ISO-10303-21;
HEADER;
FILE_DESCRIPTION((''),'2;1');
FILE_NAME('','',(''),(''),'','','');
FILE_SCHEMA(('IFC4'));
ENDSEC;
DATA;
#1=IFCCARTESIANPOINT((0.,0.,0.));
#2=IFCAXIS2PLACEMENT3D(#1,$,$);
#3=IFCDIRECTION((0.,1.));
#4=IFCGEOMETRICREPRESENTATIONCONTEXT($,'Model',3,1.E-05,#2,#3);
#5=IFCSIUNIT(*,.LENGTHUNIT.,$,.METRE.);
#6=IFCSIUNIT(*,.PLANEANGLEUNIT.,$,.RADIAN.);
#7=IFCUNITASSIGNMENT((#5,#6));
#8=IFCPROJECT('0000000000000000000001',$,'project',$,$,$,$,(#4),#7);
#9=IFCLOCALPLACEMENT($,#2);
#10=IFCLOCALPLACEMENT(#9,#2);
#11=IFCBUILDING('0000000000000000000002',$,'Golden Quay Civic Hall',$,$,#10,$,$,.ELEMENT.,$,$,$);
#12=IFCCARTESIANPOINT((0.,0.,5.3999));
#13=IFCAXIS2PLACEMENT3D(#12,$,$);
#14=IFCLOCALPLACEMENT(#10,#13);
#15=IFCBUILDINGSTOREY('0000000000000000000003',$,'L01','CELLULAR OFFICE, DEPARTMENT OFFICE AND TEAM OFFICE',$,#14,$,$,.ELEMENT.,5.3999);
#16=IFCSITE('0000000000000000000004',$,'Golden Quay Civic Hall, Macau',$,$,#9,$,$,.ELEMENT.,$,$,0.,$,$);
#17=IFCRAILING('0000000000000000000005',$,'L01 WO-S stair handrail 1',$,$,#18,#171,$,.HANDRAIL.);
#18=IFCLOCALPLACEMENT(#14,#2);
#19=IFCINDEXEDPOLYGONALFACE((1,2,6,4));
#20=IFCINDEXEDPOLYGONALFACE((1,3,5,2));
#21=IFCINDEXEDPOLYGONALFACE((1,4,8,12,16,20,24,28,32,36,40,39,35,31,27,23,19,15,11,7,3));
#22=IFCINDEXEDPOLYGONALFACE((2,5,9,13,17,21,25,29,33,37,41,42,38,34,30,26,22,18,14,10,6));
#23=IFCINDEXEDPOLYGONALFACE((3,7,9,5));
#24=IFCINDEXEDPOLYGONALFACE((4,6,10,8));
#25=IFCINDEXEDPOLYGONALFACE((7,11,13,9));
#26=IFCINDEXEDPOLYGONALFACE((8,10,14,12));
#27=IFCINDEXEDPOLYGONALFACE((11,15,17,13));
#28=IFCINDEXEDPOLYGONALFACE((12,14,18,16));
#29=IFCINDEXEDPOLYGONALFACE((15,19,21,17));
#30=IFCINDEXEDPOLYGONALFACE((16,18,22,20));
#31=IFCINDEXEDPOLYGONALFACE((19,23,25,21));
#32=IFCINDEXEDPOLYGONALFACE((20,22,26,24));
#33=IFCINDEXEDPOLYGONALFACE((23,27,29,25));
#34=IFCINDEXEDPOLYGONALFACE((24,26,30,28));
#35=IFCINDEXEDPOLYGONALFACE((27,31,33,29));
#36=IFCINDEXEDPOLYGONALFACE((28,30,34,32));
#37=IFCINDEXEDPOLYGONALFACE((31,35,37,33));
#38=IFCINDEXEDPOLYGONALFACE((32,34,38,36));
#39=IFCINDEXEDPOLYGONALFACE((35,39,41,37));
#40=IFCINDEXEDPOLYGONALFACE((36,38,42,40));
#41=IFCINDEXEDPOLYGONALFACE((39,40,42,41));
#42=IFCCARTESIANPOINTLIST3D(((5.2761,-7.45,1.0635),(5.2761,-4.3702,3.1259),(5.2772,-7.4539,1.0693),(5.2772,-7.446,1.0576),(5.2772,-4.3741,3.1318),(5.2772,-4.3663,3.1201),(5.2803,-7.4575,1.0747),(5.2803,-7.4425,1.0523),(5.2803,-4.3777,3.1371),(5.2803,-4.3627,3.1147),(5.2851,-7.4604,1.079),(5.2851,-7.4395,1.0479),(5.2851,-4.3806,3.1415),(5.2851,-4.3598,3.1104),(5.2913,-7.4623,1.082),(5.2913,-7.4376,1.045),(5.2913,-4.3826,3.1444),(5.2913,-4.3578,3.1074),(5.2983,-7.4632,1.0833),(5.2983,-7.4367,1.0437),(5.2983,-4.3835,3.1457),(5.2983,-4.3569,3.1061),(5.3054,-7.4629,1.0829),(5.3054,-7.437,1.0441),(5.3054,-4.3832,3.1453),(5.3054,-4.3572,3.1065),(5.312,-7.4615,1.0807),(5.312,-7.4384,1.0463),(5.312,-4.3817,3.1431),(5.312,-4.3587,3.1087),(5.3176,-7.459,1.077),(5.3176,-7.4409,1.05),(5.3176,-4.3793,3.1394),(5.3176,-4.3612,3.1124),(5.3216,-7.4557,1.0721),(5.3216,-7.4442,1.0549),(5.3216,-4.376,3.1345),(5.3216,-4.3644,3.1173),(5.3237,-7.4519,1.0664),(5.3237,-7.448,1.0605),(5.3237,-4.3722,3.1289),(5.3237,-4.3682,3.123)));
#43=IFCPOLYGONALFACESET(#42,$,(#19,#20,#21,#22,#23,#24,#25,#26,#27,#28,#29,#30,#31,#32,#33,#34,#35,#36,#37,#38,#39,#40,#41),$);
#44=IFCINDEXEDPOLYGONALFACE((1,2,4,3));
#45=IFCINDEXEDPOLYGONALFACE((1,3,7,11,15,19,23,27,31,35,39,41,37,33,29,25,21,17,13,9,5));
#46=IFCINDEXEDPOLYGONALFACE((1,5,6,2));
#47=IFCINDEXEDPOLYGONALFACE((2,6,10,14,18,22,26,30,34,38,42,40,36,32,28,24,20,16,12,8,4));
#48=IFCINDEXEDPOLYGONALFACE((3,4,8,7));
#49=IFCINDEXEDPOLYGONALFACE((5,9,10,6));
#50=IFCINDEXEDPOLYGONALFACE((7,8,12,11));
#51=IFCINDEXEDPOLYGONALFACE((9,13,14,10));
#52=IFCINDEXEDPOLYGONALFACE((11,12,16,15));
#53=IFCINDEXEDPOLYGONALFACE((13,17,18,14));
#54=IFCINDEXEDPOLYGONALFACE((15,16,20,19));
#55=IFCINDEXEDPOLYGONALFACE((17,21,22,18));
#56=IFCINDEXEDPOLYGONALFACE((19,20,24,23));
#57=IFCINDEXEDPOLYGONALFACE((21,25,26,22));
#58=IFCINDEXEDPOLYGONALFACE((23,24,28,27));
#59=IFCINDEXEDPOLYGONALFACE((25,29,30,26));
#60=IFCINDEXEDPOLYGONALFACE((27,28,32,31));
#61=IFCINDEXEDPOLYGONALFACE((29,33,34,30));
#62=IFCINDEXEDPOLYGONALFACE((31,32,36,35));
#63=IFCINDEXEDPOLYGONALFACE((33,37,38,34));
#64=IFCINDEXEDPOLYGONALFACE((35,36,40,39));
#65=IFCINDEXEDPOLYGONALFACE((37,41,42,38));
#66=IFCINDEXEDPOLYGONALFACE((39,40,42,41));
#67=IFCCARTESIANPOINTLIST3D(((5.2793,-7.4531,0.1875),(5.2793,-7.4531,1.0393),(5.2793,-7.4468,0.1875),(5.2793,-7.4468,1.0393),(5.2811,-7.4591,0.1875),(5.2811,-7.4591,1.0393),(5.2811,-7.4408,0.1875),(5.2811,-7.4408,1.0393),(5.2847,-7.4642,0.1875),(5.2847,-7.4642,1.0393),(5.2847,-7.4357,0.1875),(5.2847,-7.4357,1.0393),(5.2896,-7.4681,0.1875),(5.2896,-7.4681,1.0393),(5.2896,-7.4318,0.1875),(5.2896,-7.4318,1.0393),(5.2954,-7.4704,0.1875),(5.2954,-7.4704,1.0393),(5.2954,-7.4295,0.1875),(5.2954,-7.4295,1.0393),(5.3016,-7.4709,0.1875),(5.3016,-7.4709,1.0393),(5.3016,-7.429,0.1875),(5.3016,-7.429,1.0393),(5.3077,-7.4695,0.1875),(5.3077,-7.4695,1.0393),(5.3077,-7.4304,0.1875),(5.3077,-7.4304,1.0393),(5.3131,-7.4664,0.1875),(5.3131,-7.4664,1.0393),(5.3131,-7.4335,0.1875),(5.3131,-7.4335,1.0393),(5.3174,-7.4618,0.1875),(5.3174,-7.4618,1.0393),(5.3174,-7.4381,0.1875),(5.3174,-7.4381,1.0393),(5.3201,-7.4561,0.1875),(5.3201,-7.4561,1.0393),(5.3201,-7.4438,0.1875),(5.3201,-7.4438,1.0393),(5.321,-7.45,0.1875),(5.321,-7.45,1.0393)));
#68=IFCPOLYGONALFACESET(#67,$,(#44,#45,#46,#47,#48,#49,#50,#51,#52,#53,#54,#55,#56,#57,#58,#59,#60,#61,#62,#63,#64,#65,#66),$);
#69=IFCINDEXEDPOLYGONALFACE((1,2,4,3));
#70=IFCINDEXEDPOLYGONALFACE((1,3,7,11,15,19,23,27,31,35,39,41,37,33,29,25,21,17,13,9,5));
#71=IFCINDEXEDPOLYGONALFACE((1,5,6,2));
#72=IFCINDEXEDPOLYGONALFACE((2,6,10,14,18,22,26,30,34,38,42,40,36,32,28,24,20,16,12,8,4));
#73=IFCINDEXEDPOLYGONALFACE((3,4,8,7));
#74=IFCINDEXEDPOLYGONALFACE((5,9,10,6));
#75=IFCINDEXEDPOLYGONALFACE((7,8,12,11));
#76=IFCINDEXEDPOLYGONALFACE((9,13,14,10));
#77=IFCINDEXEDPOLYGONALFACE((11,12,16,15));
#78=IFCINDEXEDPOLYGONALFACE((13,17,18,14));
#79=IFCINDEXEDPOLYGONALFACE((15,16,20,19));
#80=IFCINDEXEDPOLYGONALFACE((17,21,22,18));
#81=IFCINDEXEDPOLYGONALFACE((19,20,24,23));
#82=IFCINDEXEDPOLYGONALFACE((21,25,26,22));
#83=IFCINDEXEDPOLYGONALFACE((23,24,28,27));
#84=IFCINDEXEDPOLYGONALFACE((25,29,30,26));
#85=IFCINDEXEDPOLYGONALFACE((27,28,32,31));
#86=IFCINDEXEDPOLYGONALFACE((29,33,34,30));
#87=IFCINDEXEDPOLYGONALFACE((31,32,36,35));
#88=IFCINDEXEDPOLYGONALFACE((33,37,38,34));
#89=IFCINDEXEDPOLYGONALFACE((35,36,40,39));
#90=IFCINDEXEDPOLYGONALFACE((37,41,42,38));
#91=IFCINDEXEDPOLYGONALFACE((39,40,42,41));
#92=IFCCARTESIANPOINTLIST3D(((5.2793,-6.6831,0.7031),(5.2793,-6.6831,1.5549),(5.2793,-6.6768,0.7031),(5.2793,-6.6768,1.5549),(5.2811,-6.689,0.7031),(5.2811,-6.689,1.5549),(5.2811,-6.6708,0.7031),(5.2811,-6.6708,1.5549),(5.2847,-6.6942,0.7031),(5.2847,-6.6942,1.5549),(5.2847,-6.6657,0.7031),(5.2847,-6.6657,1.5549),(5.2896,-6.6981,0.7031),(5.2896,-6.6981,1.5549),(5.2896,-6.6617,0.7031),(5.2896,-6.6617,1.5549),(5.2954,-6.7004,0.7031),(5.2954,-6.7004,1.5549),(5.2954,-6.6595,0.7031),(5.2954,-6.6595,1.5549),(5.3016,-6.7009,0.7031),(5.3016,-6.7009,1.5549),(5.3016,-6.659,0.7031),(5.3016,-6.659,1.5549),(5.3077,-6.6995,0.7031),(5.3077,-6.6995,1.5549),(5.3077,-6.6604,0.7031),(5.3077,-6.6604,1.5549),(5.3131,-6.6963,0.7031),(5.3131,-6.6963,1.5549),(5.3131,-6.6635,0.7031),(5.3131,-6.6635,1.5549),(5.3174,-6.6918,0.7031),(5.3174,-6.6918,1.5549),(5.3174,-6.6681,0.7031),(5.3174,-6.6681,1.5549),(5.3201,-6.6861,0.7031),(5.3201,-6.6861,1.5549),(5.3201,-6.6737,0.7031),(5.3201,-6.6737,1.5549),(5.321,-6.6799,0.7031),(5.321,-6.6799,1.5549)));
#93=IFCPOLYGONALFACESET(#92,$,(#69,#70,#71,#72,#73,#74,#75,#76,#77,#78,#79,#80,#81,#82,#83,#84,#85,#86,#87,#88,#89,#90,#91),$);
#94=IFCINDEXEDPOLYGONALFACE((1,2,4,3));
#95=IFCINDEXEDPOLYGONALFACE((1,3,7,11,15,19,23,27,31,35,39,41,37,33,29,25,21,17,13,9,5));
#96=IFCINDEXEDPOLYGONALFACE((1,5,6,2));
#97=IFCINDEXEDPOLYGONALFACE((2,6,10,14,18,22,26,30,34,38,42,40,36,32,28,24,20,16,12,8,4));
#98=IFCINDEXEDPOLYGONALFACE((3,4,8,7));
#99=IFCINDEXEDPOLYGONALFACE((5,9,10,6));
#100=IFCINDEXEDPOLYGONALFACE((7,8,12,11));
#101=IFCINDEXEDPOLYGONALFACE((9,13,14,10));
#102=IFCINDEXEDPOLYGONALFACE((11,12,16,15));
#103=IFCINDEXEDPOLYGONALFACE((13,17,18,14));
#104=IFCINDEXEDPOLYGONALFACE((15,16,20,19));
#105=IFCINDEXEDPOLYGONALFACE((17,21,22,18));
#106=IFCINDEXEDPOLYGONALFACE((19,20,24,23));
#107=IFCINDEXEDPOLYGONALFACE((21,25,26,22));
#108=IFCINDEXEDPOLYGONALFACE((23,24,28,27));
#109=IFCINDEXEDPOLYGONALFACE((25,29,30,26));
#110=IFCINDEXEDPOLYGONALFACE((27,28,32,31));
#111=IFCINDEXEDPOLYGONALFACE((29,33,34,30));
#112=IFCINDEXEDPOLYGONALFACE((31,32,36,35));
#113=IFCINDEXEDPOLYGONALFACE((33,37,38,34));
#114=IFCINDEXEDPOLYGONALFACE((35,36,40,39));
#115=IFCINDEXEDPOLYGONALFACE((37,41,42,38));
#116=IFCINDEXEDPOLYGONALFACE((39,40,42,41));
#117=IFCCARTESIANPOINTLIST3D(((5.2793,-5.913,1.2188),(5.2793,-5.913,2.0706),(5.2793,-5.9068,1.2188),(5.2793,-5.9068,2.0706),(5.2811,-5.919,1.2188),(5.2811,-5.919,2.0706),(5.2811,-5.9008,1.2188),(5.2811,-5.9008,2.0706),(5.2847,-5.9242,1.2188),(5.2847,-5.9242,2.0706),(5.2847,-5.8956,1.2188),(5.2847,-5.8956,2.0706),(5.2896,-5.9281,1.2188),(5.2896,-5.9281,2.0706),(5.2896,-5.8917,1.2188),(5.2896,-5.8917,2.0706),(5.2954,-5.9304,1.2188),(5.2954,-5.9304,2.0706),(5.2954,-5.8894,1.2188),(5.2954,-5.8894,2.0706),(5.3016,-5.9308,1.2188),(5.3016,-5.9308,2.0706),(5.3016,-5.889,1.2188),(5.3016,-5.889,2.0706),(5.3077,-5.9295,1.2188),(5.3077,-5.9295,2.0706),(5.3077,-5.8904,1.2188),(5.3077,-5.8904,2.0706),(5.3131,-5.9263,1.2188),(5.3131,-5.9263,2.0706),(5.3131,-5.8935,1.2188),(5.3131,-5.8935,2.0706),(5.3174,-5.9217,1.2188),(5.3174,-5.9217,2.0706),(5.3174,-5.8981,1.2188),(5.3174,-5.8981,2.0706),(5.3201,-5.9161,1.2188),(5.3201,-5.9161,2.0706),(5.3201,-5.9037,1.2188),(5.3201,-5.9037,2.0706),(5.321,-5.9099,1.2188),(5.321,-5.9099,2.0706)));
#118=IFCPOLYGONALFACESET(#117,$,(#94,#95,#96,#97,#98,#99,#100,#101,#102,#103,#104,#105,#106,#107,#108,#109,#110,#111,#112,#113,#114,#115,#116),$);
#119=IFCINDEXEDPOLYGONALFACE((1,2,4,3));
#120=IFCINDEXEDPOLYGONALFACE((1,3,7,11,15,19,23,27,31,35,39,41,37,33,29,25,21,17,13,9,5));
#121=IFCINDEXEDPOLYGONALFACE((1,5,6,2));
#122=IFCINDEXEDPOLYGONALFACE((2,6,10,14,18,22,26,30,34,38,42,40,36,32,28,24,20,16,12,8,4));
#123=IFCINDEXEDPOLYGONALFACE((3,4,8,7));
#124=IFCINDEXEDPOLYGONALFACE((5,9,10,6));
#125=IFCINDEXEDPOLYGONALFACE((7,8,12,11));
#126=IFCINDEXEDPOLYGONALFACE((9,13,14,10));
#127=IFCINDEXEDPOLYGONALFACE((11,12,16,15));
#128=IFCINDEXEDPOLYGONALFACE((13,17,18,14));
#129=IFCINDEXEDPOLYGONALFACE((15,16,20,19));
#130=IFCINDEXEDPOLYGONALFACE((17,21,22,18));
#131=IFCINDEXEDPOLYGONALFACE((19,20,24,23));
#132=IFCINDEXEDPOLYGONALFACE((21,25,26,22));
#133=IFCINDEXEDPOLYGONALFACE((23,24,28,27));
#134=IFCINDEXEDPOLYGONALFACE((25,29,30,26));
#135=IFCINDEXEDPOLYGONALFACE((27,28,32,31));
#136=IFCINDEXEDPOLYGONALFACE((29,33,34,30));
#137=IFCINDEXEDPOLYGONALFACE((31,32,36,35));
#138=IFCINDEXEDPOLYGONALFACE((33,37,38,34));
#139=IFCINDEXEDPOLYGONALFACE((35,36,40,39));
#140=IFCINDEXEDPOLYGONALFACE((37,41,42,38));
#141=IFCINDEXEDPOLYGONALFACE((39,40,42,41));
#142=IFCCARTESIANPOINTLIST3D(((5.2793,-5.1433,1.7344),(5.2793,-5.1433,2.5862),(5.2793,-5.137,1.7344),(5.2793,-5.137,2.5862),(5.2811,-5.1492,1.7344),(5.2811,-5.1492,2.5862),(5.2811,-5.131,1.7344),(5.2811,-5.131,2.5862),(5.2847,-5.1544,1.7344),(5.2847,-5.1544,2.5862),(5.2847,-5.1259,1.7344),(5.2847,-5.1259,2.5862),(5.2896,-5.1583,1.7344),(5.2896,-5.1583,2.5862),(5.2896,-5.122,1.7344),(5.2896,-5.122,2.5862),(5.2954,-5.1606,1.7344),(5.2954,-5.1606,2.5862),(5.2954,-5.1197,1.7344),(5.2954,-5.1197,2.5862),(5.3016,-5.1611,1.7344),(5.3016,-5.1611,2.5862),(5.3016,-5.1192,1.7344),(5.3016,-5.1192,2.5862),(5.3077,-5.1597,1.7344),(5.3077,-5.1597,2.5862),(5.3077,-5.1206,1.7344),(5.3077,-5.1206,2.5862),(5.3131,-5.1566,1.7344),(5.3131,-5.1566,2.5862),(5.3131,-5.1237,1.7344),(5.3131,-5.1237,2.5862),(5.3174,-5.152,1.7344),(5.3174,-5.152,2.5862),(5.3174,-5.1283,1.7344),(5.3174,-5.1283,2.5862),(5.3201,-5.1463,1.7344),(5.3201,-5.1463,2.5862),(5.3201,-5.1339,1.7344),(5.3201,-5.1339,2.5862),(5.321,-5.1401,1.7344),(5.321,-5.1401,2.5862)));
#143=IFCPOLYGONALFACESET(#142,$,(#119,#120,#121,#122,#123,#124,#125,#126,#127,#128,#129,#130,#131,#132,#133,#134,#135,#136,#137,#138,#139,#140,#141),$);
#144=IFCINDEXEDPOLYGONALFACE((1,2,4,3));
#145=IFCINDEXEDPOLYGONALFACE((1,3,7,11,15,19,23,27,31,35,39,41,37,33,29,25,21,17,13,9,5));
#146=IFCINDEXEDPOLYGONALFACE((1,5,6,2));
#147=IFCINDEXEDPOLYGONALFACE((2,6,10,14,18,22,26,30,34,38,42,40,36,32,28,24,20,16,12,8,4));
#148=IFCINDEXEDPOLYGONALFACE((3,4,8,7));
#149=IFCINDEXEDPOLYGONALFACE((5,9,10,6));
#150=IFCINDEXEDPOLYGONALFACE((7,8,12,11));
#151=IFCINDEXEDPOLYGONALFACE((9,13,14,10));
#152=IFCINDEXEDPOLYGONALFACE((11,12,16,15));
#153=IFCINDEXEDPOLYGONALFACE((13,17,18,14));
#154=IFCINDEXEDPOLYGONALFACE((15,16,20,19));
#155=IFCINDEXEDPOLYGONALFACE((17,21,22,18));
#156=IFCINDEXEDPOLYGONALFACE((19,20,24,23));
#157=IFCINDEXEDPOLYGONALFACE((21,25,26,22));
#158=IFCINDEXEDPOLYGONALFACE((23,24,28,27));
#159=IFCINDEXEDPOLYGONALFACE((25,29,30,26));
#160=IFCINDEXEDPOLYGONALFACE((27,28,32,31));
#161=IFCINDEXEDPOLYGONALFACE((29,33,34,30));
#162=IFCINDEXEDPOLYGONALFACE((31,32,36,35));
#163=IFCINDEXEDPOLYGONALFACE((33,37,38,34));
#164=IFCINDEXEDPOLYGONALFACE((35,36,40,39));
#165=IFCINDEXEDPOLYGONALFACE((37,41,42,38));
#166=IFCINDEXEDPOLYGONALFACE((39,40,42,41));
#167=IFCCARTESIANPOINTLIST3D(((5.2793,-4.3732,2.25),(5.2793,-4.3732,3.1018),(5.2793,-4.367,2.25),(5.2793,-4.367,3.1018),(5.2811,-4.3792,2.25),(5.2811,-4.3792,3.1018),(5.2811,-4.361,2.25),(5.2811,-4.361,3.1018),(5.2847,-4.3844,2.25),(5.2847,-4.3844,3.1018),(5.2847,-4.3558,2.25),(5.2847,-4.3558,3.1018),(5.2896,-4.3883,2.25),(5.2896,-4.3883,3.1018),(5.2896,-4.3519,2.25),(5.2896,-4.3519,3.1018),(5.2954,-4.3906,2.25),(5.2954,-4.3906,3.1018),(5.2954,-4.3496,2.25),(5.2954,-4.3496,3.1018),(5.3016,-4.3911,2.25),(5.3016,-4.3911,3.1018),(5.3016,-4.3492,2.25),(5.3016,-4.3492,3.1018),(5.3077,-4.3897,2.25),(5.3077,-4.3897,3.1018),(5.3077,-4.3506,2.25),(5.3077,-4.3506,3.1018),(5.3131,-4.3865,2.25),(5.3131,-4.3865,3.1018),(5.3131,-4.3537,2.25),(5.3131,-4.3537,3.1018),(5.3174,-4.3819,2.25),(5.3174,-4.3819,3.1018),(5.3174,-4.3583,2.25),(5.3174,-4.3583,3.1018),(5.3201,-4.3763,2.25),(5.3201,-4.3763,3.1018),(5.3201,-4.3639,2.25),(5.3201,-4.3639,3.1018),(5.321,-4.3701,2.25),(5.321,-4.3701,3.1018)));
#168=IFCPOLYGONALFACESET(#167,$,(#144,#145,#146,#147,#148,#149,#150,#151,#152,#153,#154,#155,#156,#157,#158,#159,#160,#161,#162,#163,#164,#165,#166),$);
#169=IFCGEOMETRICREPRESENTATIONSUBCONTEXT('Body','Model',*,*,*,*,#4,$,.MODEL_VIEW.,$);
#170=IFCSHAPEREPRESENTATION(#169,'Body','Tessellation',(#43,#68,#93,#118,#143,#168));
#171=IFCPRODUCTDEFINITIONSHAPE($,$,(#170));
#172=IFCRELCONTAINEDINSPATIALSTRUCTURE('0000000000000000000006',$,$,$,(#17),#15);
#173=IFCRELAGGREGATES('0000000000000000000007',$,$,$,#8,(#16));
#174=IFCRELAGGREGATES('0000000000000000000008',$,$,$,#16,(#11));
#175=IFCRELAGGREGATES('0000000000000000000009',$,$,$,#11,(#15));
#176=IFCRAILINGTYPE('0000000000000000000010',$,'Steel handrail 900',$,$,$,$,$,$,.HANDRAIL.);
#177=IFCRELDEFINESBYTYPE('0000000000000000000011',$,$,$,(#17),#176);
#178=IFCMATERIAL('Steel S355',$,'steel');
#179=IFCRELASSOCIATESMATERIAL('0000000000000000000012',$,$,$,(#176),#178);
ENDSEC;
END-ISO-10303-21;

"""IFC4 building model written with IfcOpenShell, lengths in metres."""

from ifc_helpers import new_model, si_unit, direction, frame, origin, origin_2d, place, context, subcontext, project, spatial, circle, extrude, material, type_object, element, save


model = new_model("IFC4")

# Units and contexts
model_context = context("Model", 3, precision=1e-05, world=origin(), true_north=direction((0.0, 1.0)))
body_context = subcontext(model_context, "Body", "Model", "MODEL_VIEW")
ifc_project = project(units=[si_unit("LENGTHUNIT", "METRE"), si_unit("PLANEANGLEUNIT", "RADIAN")], contexts=[model_context])

# Site, building, storey
site_placement = place(None, origin())
site = spatial("IfcSite", under=ifc_project, at=site_placement, Name="Golden Quay Civic Hall, Macau", CompositionType="ELEMENT", RefElevation=0.0)
building_placement = place(site_placement, origin())
building = spatial("IfcBuilding", under=site, at=building_placement, Name="Golden Quay Civic Hall", CompositionType="ELEMENT")
storey_placement = place(building_placement, frame((0.0, 0.0, 5.3999)))
storey = spatial("IfcBuildingStorey", under=building, at=storey_placement, Name="L01", Description="CELLULAR OFFICE, DEPARTMENT OFFICE AND TEAM OFFICE", CompositionType="ELEMENT", Elevation=5.3999)

# Railing
ifc_material_1 = material(Name="Steel S355", Category="steel")
railing_type_1 = type_object("IfcRailingType", Name="Steel handrail 900", PredefinedType="HANDRAIL", material=ifc_material_1)
railing_1_placement = place(storey_placement, frame((5.3, -7.45, 0.1875)))
element("IfcRailing", 1, at=railing_1_placement, inside=storey, type_object=railing_type_1, Name="L01 WO-S stair handrail 1", PredefinedType="HANDRAIL", context=body_context, shape_type="SweptSolid", body=[
    extrude(circle(Radius=0.0239, at=origin_2d()), frame((0.0, 0.0, 0.876), z_axis=(0.0, 0.830893, 0.556432), x_axis=(-1.0, 0.0, 0.0)), (0.0, 0.0, 1.0), 3.7065),
    extrude(circle(Radius=0.021, at=origin_2d()), origin(), (0.0, 0.0, 1.0), 0.8518),
    extrude(circle(Radius=0.021, at=origin_2d()), frame((0.0, 0.77, 0.5156)), (0.0, 0.0, 1.0), 0.8518),
    extrude(circle(Radius=0.021, at=origin_2d()), frame((0.0, 1.54, 1.0312)), (0.0, 0.0, 1.0), 0.8518),
    extrude(circle(Radius=0.021, at=origin_2d()), frame((0.0, 2.3098, 1.5469)), (0.0, 0.0, 1.0), 0.8518),
    extrude(circle(Radius=0.021, at=origin_2d()), frame((0.0, 3.0798, 2.0625)), (0.0, 0.0, 1.0), 0.8518),
])

save(model, "model.ifc")
